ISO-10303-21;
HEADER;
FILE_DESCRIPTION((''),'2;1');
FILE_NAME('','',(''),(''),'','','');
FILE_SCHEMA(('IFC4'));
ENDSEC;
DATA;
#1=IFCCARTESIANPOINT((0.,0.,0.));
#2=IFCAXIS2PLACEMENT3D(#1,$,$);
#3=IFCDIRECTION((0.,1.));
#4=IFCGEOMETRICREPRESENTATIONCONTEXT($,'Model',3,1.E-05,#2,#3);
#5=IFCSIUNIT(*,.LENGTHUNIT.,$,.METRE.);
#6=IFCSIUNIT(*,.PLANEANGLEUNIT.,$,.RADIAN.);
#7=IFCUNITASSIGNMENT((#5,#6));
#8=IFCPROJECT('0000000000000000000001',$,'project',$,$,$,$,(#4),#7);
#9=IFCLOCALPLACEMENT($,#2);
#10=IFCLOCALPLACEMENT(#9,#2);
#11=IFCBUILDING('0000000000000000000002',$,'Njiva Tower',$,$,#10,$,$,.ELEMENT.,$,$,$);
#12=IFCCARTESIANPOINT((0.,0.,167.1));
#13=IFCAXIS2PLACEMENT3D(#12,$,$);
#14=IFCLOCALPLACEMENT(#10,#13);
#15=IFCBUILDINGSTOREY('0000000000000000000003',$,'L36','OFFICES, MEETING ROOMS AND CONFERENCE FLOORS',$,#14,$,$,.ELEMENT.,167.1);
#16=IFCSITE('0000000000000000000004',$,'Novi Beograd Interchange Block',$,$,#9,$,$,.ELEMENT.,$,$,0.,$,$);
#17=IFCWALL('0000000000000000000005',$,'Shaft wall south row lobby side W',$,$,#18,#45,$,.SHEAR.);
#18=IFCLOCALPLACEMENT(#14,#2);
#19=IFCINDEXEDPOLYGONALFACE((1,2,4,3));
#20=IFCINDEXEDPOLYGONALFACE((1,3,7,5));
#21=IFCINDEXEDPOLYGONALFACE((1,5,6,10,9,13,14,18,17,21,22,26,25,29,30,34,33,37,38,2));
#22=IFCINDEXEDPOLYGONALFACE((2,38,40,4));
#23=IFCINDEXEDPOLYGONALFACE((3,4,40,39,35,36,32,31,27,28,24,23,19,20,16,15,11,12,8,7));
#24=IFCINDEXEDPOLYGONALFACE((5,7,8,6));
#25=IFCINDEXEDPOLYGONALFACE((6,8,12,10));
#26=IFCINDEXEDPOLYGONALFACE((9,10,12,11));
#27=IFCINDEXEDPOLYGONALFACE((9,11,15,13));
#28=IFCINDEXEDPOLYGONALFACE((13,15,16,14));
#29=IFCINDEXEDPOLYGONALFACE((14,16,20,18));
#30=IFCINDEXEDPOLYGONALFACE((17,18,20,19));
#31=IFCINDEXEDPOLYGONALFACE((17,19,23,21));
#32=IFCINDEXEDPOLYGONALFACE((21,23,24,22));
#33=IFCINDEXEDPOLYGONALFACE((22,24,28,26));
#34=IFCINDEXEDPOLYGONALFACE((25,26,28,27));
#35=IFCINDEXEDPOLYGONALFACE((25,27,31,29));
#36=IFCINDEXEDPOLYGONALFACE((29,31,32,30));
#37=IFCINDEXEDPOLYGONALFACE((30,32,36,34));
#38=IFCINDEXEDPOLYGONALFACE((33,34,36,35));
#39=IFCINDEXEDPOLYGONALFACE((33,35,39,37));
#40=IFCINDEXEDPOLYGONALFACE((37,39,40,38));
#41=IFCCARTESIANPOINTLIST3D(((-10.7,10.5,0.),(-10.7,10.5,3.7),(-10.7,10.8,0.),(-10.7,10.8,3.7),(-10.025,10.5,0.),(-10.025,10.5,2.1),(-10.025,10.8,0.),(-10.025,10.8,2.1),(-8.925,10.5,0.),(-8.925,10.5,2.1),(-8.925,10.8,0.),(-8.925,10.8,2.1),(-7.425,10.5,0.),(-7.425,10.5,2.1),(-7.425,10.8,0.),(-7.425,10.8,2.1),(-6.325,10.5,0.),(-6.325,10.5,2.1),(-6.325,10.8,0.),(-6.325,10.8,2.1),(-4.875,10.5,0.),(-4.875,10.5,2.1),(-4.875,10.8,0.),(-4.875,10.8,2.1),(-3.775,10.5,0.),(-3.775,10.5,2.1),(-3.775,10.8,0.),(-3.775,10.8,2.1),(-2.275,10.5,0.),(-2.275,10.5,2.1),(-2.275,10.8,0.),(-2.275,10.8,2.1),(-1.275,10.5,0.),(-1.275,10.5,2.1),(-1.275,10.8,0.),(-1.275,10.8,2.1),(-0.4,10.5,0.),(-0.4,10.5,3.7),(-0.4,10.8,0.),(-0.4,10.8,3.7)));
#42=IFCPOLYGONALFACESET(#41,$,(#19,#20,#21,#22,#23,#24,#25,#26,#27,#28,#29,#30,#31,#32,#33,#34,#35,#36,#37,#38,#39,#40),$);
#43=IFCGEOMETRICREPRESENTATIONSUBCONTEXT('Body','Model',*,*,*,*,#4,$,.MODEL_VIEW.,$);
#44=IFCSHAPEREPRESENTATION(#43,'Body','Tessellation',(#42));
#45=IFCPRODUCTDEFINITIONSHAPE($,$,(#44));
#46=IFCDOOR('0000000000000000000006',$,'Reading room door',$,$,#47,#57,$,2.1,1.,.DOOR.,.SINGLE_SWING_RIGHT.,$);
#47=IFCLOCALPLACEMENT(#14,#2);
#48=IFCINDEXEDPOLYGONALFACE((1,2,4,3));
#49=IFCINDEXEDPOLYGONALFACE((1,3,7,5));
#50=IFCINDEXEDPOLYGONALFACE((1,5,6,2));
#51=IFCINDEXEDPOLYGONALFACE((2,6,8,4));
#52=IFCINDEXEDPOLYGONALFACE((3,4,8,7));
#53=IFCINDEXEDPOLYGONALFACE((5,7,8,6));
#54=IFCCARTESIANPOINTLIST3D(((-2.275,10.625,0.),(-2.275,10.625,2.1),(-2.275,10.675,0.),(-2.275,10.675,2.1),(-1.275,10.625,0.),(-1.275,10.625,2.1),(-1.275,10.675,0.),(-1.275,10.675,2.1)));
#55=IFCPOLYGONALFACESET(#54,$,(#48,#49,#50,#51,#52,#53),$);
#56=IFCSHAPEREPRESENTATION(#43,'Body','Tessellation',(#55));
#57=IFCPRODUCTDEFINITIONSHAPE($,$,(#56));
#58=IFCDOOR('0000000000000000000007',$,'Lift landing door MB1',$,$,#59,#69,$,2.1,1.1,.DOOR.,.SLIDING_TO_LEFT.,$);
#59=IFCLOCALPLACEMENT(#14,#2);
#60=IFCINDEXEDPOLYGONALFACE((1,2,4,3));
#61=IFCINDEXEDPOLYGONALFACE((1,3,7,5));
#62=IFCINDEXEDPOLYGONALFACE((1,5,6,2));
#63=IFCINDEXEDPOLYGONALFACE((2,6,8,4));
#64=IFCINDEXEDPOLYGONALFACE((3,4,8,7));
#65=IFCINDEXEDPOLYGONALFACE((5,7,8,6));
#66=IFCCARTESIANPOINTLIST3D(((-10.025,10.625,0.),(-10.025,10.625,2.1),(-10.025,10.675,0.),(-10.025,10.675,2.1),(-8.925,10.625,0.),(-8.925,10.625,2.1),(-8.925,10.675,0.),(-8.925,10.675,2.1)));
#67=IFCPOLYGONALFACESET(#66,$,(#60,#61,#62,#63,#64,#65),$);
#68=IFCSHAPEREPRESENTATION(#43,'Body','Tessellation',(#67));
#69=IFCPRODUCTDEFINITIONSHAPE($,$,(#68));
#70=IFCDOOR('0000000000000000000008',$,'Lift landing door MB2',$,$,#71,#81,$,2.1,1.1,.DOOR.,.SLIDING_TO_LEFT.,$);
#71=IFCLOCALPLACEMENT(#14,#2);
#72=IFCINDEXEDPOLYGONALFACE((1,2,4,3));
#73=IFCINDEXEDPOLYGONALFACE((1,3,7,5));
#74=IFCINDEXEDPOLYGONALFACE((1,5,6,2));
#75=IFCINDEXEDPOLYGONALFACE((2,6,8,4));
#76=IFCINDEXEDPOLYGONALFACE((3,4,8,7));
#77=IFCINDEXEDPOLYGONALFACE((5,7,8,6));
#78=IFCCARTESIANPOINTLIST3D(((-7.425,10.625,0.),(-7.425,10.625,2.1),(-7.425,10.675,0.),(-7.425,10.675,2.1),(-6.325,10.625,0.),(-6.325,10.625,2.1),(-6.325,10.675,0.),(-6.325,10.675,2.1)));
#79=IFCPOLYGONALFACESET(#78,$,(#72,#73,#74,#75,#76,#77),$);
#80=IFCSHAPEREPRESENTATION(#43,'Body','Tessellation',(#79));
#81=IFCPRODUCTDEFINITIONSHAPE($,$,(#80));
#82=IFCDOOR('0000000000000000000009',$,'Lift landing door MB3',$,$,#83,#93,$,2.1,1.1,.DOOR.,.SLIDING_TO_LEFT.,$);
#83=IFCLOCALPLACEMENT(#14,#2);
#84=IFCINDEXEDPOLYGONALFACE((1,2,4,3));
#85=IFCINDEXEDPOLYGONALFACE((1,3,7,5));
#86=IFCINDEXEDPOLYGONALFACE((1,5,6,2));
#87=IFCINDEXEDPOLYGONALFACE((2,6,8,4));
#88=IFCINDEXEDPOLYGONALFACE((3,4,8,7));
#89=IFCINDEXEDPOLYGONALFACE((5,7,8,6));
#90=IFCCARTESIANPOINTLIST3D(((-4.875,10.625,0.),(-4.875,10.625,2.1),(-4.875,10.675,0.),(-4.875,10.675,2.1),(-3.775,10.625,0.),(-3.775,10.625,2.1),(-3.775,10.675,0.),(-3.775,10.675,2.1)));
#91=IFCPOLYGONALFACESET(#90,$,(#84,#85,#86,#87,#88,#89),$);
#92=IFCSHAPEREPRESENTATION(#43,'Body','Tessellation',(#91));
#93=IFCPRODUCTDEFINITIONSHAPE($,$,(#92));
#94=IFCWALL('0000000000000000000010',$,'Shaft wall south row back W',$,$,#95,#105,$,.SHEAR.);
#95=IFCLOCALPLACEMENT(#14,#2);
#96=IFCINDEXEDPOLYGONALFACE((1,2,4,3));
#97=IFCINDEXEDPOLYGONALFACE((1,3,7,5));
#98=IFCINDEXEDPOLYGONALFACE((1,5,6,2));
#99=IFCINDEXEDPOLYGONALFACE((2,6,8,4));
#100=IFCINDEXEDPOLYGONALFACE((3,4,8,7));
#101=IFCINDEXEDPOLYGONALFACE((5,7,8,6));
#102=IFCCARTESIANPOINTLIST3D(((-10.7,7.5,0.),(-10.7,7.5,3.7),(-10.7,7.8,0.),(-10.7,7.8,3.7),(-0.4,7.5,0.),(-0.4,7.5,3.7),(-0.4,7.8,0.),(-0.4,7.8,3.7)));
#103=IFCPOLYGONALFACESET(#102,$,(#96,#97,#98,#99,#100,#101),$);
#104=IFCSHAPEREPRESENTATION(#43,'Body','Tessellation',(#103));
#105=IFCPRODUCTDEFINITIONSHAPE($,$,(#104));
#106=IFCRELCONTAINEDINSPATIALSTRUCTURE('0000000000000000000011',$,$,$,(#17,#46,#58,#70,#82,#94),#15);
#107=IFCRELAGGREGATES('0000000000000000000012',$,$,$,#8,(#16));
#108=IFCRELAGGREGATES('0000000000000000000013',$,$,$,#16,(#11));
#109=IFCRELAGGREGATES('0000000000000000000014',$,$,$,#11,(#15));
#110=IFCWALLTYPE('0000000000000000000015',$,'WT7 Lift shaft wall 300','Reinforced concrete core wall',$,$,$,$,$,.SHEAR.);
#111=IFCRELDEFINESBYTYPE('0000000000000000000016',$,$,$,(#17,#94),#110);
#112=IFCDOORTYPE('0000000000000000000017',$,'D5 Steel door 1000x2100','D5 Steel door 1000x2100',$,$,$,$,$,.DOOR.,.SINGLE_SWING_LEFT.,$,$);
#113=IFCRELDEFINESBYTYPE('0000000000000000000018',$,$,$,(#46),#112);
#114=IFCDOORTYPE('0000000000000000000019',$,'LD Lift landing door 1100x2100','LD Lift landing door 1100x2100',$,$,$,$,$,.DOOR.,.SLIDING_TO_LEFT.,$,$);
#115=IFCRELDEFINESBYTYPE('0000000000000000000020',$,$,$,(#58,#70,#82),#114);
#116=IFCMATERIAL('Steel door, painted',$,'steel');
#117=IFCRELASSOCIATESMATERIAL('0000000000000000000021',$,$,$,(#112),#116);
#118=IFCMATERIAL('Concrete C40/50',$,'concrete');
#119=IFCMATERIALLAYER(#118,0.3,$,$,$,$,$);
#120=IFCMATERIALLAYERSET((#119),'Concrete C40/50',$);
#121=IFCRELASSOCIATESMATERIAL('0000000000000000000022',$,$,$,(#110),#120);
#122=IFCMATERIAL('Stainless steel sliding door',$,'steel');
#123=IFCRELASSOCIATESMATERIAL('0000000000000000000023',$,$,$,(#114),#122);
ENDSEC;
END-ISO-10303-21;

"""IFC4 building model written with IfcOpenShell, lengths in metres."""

from ifc_helpers import new_model, si_unit, direction, frame, frame_2d, origin, place, context, subcontext, project, spatial, rectangle, extrude, material, layer, layer_set, type_object, element, fill, save


model = new_model("IFC4")

# Units and contexts
model_context = context("Model", 3, precision=1e-05, world=origin(), true_north=direction((0.0, 1.0)))
body_context = subcontext(model_context, "Body", "Model", "MODEL_VIEW")
ifc_project = project(units=[si_unit("LENGTHUNIT", "METRE"), si_unit("PLANEANGLEUNIT", "RADIAN")], contexts=[model_context])

# Site, building, storey
site_placement = place(None, origin())
site = spatial("IfcSite", under=ifc_project, at=site_placement, Name="Novi Beograd Interchange Block", CompositionType="ELEMENT", RefElevation=0.0)
building_placement = place(site_placement, origin())
building = spatial("IfcBuilding", under=site, at=building_placement, Name="Njiva Tower", CompositionType="ELEMENT")
storey_placement = place(building_placement, frame((0.0, 0.0, 167.1)))
storey = spatial("IfcBuildingStorey", under=building, at=storey_placement, Name="L36", Description="OFFICES, MEETING ROOMS AND CONFERENCE FLOORS", CompositionType="ELEMENT", Elevation=167.1)

# Shared definitions
ifc_material_1 = material(Name="Concrete C40/50", Category="concrete")
ifc_material_2 = material(Name="Steel door, painted", Category="steel")
door_type_1 = type_object("IfcDoorType", Name="D5 Steel door 1000x2100", Description="D5 Steel door 1000x2100", OperationType="SINGLE_SWING_LEFT", PredefinedType="DOOR", material=ifc_material_2)

# Wall, openings, doors
ifc_layer_1 = layer(ifc_material_1, 0.3)
ifc_layer_set_1 = layer_set([ifc_layer_1], Name="Concrete C40/50")
wall_type_1 = type_object("IfcWallType", Name="WT7 Lift shaft wall 300", Description="Reinforced concrete core wall", PredefinedType="SHEAR", material=ifc_layer_set_1)
wall_1_placement = place(storey_placement, frame((-10.7, 10.65, 0.0), z_axis=(0.0, 0.0, 1.0), x_axis=(1.0, 0.0, 0.0)))
wall_1 = element("IfcWall", 1, at=wall_1_placement, inside=storey, type_object=wall_type_1, Name="Shaft wall south row lobby side W", PredefinedType="SHEAR", context=body_context, shape_type="SweptSolid", body=[
    extrude(rectangle(XDim=10.3, YDim=0.3, at=frame_2d((5.15, 0.0))), origin(), (0.0, 0.0, 1.0), 3.7),
])
opening_1_placement = place(wall_1_placement, frame((0.675, 0.0, 0.0)))
opening_1 = element("IfcOpeningElement", 2, at=opening_1_placement, cuts=wall_1, PredefinedType="OPENING", context=body_context, shape_type="SweptSolid", body=[
    extrude(rectangle(XDim=1.1, YDim=2.1, at=frame_2d((0.55, 1.05))), frame((0.0, 0.16, 0.0), z_axis=(0.0, -1.0, 0.0), x_axis=(1.0, 0.0, 0.0)), (0.0, 0.0, 1.0), 0.32),
])
opening_2_placement = place(wall_1_placement, frame((3.275, 0.0, 0.0)))
opening_2 = element("IfcOpeningElement", 3, at=opening_2_placement, cuts=wall_1, PredefinedType="OPENING", context=body_context, shape_type="SweptSolid", body=[
    extrude(rectangle(XDim=1.1, YDim=2.1, at=frame_2d((0.55, 1.05))), frame((0.0, 0.16, 0.0), z_axis=(0.0, -1.0, 0.0), x_axis=(1.0, 0.0, 0.0)), (0.0, 0.0, 1.0), 0.32),
])
opening_3_placement = place(wall_1_placement, frame((5.825, 0.0, 0.0)))
opening_3 = element("IfcOpeningElement", 4, at=opening_3_placement, cuts=wall_1, PredefinedType="OPENING", context=body_context, shape_type="SweptSolid", body=[
    extrude(rectangle(XDim=1.1, YDim=2.1, at=frame_2d((0.55, 1.05))), frame((0.0, 0.16, 0.0), z_axis=(0.0, -1.0, 0.0), x_axis=(1.0, 0.0, 0.0)), (0.0, 0.0, 1.0), 0.32),
])
opening_4_placement = place(wall_1_placement, frame((8.425, 0.0, 0.0)))
opening_4 = element("IfcOpeningElement", 5, at=opening_4_placement, cuts=wall_1, PredefinedType="OPENING", context=body_context, shape_type="SweptSolid", body=[
    extrude(rectangle(XDim=1.0, YDim=2.1, at=frame_2d((0.5, 1.05))), frame((0.0, 0.16, 0.0), z_axis=(0.0, -1.0, 0.0), x_axis=(1.0, 0.0, 0.0)), (0.0, 0.0, 1.0), 0.32),
])
door_1_placement = place(opening_4_placement, origin())
door_1 = element("IfcDoor", 6, at=door_1_placement, inside=storey, type_object=door_type_1, Name="Reading room door", OperationType="SINGLE_SWING_RIGHT", OverallHeight=2.1, OverallWidth=1.0, PredefinedType="DOOR", context=body_context, shape_type="SweptSolid", body=[
    extrude(rectangle(XDim=1.0, YDim=2.1, at=frame_2d((0.5, 1.05))), frame((0.0, 0.025, 0.0), z_axis=(0.0, -1.0, 0.0), x_axis=(1.0, 0.0, 0.0)), (0.0, 0.0, 1.0), 0.05),
])
fill(opening_4, door_1)
ifc_material_3 = material(Name="Stainless steel sliding door", Category="steel")
door_type_2 = type_object("IfcDoorType", Name="LD Lift landing door 1100x2100", Description="LD Lift landing door 1100x2100", OperationType="SLIDING_TO_LEFT", PredefinedType="DOOR", material=ifc_material_3)
door_2_placement = place(opening_1_placement, origin())
door_2 = element("IfcDoor", 7, at=door_2_placement, inside=storey, type_object=door_type_2, Name="Lift landing door MB1", OperationType="SLIDING_TO_LEFT", OverallHeight=2.1, OverallWidth=1.1, PredefinedType="DOOR", context=body_context, shape_type="SweptSolid", body=[
    extrude(rectangle(XDim=1.1, YDim=2.1, at=frame_2d((0.55, 1.05))), frame((0.0, 0.025, 0.0), z_axis=(0.0, -1.0, 0.0), x_axis=(1.0, 0.0, 0.0)), (0.0, 0.0, 1.0), 0.05),
])
fill(opening_1, door_2)
door_3_placement = place(opening_2_placement, origin())
door_3 = element("IfcDoor", 8, at=door_3_placement, inside=storey, type_object=door_type_2, Name="Lift landing door MB2", OperationType="SLIDING_TO_LEFT", OverallHeight=2.1, OverallWidth=1.1, PredefinedType="DOOR", context=body_context, shape_type="SweptSolid", body=[
    extrude(rectangle(XDim=1.1, YDim=2.1, at=frame_2d((0.55, 1.05))), frame((0.0, 0.025, 0.0), z_axis=(0.0, -1.0, 0.0), x_axis=(1.0, 0.0, 0.0)), (0.0, 0.0, 1.0), 0.05),
])
fill(opening_2, door_3)
door_4_placement = place(opening_3_placement, origin())
door_4 = element("IfcDoor", 9, at=door_4_placement, inside=storey, type_object=door_type_2, Name="Lift landing door MB3", OperationType="SLIDING_TO_LEFT", OverallHeight=2.1, OverallWidth=1.1, PredefinedType="DOOR", context=body_context, shape_type="SweptSolid", body=[
    extrude(rectangle(XDim=1.1, YDim=2.1, at=frame_2d((0.55, 1.05))), frame((0.0, 0.025, 0.0), z_axis=(0.0, -1.0, 0.0), x_axis=(1.0, 0.0, 0.0)), (0.0, 0.0, 1.0), 0.05),
])
fill(opening_3, door_4)

# Wall
wall_2_placement = place(storey_placement, frame((-10.7, 7.65, 0.0), z_axis=(0.0, 0.0, 1.0), x_axis=(1.0, 0.0, 0.0)))
element("IfcWall", 10, at=wall_2_placement, inside=storey, type_object=wall_type_1, Name="Shaft wall south row back W", PredefinedType="SHEAR", context=body_context, shape_type="SweptSolid", body=[
    extrude(rectangle(XDim=10.3, YDim=0.3, at=frame_2d((5.15, 0.0))), origin(), (0.0, 0.0, 1.0), 3.7),
])

save(model, "model.ifc")
